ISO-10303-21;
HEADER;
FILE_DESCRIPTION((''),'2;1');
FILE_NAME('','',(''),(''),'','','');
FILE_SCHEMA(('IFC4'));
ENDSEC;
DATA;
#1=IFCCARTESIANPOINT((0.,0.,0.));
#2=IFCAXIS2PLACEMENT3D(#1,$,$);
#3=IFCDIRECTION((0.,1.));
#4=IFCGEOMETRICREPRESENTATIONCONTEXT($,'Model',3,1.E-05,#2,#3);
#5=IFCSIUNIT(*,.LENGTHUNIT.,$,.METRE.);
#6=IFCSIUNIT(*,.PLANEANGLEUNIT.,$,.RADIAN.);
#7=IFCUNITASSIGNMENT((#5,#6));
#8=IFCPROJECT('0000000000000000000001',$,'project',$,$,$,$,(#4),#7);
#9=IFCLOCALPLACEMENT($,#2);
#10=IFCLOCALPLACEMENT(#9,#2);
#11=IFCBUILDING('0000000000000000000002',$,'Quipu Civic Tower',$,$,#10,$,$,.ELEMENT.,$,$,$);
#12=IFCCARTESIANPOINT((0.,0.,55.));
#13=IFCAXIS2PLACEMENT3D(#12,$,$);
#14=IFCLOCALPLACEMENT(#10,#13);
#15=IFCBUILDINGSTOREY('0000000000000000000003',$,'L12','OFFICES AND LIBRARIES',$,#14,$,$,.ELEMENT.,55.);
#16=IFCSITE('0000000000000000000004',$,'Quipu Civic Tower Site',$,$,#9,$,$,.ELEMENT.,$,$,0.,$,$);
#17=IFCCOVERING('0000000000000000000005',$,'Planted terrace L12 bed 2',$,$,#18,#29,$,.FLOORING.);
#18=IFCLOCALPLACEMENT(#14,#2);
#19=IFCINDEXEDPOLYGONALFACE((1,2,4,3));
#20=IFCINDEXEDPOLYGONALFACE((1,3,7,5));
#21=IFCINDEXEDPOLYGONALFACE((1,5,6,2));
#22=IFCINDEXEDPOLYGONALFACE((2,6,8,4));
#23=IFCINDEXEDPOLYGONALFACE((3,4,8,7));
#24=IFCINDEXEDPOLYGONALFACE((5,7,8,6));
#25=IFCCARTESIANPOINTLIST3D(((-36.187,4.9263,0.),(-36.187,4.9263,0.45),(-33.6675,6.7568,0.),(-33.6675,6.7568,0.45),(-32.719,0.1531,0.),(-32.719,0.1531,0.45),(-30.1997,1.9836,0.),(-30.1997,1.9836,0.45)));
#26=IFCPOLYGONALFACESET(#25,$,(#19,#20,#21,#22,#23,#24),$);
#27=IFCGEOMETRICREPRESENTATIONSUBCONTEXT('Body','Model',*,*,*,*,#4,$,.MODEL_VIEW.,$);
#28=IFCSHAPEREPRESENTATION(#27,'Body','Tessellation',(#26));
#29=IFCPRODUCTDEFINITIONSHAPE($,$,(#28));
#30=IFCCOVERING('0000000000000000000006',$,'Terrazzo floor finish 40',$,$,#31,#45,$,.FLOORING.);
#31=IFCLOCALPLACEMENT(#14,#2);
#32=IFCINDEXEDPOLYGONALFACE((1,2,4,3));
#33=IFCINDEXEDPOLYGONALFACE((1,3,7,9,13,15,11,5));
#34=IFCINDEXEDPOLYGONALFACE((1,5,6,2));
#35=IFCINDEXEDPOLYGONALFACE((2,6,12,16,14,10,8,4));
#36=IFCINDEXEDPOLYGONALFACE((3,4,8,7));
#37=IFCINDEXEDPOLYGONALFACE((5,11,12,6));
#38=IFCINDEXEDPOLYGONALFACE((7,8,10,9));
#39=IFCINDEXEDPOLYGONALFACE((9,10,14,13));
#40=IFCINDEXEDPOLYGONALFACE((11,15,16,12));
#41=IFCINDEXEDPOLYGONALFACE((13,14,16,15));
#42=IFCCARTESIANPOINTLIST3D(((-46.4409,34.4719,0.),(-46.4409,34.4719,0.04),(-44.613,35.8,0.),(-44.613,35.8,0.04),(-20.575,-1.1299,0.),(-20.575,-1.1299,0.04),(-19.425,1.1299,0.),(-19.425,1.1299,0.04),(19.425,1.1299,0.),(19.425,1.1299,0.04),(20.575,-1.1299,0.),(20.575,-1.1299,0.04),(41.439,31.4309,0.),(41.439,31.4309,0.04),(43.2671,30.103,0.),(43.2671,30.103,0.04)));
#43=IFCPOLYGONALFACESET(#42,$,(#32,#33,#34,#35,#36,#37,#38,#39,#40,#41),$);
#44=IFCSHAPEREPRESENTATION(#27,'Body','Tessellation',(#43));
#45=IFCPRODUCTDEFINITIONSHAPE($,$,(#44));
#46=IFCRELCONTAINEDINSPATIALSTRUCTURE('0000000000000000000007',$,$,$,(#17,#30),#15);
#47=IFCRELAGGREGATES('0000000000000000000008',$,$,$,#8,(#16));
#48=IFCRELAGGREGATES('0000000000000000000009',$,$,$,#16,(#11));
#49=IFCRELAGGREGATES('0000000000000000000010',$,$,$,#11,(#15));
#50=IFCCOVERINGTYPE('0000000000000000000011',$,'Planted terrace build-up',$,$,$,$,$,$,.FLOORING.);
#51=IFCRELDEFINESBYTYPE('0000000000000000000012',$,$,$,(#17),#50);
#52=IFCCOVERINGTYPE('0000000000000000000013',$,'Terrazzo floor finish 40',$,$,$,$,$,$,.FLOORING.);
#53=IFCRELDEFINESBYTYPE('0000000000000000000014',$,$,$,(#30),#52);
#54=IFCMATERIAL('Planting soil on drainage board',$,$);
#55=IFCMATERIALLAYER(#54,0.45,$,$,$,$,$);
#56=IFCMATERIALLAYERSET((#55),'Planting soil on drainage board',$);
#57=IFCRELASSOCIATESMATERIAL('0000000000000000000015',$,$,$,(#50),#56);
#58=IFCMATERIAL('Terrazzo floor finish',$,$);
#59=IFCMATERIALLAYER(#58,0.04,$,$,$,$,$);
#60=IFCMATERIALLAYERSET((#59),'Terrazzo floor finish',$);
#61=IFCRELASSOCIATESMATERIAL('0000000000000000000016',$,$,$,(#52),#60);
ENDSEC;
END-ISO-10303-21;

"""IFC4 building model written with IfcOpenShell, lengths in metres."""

from ifc_helpers import new_model, si_unit, direction, frame, origin, place, context, subcontext, project, spatial, polyline, outline, extrude, material, layer, layer_set, type_object, element, save


model = new_model("IFC4")

# Units and contexts
model_context = context("Model", 3, precision=1e-05, world=origin(), true_north=direction((0.0, 1.0)))
body_context = subcontext(model_context, "Body", "Model", "MODEL_VIEW")
ifc_project = project(units=[si_unit("LENGTHUNIT", "METRE"), si_unit("PLANEANGLEUNIT", "RADIAN")], contexts=[model_context])

# Site, building, storey
site_placement = place(None, origin())
site = spatial("IfcSite", under=ifc_project, at=site_placement, Name="Quipu Civic Tower Site", CompositionType="ELEMENT", RefElevation=0.0)
building_placement = place(site_placement, origin())
building = spatial("IfcBuilding", under=site, at=building_placement, Name="Quipu Civic Tower", CompositionType="ELEMENT")
storey_placement = place(building_placement, frame((0.0, 0.0, 55.0)))
storey = spatial("IfcBuildingStorey", under=building, at=storey_placement, Name="L12", Description="OFFICES AND LIBRARIES", CompositionType="ELEMENT", Elevation=55.0)

# Coverings
ifc_material_1 = material(Name="Planting soil on drainage board")
ifc_layer_1 = layer(ifc_material_1, 0.45)
ifc_layer_set_1 = layer_set([ifc_layer_1], Name="Planting soil on drainage board")
covering_type_1 = type_object("IfcCoveringType", Name="Planted terrace build-up", PredefinedType="FLOORING", material=ifc_layer_set_1)
covering_1_placement = place(storey_placement, origin())
element("IfcCovering", 1, at=covering_1_placement, inside=storey, type_object=covering_type_1, Name="Planted terrace L12 bed 2", PredefinedType="FLOORING", context=body_context, shape_type="SweptSolid", body=[
    extrude(outline(polyline([(-36.187, 4.9263), (-33.6675, 6.7568), (-30.1997, 1.9836), (-32.719, 0.1531), (-36.187, 4.9263)])), origin(), (0.0, 0.0, 1.0), 0.45),
])
ifc_material_2 = material(Name="Terrazzo floor finish")
ifc_layer_2 = layer(ifc_material_2, 0.04)
ifc_layer_set_2 = layer_set([ifc_layer_2], Name="Terrazzo floor finish")
covering_type_2 = type_object("IfcCoveringType", Name="Terrazzo floor finish 40", PredefinedType="FLOORING", material=ifc_layer_set_2)
covering_2_placement = place(storey_placement, origin())
element("IfcCovering", 2, at=covering_2_placement, inside=storey, type_object=covering_type_2, Name="Terrazzo floor finish 40", PredefinedType="FLOORING", context=body_context, shape_type="SweptSolid", body=[
    extrude(outline(polyline([(20.575, -1.1299), (-20.575, -1.1299), (-46.4409, 34.4719), (-44.613, 35.8), (-19.425, 1.1299), (19.425, 1.1299), (41.439, 31.4309), (43.2671, 30.103), (20.575, -1.1299)])), origin(), (0.0, 0.0, 1.0), 0.04),
])

save(model, "model.ifc")
